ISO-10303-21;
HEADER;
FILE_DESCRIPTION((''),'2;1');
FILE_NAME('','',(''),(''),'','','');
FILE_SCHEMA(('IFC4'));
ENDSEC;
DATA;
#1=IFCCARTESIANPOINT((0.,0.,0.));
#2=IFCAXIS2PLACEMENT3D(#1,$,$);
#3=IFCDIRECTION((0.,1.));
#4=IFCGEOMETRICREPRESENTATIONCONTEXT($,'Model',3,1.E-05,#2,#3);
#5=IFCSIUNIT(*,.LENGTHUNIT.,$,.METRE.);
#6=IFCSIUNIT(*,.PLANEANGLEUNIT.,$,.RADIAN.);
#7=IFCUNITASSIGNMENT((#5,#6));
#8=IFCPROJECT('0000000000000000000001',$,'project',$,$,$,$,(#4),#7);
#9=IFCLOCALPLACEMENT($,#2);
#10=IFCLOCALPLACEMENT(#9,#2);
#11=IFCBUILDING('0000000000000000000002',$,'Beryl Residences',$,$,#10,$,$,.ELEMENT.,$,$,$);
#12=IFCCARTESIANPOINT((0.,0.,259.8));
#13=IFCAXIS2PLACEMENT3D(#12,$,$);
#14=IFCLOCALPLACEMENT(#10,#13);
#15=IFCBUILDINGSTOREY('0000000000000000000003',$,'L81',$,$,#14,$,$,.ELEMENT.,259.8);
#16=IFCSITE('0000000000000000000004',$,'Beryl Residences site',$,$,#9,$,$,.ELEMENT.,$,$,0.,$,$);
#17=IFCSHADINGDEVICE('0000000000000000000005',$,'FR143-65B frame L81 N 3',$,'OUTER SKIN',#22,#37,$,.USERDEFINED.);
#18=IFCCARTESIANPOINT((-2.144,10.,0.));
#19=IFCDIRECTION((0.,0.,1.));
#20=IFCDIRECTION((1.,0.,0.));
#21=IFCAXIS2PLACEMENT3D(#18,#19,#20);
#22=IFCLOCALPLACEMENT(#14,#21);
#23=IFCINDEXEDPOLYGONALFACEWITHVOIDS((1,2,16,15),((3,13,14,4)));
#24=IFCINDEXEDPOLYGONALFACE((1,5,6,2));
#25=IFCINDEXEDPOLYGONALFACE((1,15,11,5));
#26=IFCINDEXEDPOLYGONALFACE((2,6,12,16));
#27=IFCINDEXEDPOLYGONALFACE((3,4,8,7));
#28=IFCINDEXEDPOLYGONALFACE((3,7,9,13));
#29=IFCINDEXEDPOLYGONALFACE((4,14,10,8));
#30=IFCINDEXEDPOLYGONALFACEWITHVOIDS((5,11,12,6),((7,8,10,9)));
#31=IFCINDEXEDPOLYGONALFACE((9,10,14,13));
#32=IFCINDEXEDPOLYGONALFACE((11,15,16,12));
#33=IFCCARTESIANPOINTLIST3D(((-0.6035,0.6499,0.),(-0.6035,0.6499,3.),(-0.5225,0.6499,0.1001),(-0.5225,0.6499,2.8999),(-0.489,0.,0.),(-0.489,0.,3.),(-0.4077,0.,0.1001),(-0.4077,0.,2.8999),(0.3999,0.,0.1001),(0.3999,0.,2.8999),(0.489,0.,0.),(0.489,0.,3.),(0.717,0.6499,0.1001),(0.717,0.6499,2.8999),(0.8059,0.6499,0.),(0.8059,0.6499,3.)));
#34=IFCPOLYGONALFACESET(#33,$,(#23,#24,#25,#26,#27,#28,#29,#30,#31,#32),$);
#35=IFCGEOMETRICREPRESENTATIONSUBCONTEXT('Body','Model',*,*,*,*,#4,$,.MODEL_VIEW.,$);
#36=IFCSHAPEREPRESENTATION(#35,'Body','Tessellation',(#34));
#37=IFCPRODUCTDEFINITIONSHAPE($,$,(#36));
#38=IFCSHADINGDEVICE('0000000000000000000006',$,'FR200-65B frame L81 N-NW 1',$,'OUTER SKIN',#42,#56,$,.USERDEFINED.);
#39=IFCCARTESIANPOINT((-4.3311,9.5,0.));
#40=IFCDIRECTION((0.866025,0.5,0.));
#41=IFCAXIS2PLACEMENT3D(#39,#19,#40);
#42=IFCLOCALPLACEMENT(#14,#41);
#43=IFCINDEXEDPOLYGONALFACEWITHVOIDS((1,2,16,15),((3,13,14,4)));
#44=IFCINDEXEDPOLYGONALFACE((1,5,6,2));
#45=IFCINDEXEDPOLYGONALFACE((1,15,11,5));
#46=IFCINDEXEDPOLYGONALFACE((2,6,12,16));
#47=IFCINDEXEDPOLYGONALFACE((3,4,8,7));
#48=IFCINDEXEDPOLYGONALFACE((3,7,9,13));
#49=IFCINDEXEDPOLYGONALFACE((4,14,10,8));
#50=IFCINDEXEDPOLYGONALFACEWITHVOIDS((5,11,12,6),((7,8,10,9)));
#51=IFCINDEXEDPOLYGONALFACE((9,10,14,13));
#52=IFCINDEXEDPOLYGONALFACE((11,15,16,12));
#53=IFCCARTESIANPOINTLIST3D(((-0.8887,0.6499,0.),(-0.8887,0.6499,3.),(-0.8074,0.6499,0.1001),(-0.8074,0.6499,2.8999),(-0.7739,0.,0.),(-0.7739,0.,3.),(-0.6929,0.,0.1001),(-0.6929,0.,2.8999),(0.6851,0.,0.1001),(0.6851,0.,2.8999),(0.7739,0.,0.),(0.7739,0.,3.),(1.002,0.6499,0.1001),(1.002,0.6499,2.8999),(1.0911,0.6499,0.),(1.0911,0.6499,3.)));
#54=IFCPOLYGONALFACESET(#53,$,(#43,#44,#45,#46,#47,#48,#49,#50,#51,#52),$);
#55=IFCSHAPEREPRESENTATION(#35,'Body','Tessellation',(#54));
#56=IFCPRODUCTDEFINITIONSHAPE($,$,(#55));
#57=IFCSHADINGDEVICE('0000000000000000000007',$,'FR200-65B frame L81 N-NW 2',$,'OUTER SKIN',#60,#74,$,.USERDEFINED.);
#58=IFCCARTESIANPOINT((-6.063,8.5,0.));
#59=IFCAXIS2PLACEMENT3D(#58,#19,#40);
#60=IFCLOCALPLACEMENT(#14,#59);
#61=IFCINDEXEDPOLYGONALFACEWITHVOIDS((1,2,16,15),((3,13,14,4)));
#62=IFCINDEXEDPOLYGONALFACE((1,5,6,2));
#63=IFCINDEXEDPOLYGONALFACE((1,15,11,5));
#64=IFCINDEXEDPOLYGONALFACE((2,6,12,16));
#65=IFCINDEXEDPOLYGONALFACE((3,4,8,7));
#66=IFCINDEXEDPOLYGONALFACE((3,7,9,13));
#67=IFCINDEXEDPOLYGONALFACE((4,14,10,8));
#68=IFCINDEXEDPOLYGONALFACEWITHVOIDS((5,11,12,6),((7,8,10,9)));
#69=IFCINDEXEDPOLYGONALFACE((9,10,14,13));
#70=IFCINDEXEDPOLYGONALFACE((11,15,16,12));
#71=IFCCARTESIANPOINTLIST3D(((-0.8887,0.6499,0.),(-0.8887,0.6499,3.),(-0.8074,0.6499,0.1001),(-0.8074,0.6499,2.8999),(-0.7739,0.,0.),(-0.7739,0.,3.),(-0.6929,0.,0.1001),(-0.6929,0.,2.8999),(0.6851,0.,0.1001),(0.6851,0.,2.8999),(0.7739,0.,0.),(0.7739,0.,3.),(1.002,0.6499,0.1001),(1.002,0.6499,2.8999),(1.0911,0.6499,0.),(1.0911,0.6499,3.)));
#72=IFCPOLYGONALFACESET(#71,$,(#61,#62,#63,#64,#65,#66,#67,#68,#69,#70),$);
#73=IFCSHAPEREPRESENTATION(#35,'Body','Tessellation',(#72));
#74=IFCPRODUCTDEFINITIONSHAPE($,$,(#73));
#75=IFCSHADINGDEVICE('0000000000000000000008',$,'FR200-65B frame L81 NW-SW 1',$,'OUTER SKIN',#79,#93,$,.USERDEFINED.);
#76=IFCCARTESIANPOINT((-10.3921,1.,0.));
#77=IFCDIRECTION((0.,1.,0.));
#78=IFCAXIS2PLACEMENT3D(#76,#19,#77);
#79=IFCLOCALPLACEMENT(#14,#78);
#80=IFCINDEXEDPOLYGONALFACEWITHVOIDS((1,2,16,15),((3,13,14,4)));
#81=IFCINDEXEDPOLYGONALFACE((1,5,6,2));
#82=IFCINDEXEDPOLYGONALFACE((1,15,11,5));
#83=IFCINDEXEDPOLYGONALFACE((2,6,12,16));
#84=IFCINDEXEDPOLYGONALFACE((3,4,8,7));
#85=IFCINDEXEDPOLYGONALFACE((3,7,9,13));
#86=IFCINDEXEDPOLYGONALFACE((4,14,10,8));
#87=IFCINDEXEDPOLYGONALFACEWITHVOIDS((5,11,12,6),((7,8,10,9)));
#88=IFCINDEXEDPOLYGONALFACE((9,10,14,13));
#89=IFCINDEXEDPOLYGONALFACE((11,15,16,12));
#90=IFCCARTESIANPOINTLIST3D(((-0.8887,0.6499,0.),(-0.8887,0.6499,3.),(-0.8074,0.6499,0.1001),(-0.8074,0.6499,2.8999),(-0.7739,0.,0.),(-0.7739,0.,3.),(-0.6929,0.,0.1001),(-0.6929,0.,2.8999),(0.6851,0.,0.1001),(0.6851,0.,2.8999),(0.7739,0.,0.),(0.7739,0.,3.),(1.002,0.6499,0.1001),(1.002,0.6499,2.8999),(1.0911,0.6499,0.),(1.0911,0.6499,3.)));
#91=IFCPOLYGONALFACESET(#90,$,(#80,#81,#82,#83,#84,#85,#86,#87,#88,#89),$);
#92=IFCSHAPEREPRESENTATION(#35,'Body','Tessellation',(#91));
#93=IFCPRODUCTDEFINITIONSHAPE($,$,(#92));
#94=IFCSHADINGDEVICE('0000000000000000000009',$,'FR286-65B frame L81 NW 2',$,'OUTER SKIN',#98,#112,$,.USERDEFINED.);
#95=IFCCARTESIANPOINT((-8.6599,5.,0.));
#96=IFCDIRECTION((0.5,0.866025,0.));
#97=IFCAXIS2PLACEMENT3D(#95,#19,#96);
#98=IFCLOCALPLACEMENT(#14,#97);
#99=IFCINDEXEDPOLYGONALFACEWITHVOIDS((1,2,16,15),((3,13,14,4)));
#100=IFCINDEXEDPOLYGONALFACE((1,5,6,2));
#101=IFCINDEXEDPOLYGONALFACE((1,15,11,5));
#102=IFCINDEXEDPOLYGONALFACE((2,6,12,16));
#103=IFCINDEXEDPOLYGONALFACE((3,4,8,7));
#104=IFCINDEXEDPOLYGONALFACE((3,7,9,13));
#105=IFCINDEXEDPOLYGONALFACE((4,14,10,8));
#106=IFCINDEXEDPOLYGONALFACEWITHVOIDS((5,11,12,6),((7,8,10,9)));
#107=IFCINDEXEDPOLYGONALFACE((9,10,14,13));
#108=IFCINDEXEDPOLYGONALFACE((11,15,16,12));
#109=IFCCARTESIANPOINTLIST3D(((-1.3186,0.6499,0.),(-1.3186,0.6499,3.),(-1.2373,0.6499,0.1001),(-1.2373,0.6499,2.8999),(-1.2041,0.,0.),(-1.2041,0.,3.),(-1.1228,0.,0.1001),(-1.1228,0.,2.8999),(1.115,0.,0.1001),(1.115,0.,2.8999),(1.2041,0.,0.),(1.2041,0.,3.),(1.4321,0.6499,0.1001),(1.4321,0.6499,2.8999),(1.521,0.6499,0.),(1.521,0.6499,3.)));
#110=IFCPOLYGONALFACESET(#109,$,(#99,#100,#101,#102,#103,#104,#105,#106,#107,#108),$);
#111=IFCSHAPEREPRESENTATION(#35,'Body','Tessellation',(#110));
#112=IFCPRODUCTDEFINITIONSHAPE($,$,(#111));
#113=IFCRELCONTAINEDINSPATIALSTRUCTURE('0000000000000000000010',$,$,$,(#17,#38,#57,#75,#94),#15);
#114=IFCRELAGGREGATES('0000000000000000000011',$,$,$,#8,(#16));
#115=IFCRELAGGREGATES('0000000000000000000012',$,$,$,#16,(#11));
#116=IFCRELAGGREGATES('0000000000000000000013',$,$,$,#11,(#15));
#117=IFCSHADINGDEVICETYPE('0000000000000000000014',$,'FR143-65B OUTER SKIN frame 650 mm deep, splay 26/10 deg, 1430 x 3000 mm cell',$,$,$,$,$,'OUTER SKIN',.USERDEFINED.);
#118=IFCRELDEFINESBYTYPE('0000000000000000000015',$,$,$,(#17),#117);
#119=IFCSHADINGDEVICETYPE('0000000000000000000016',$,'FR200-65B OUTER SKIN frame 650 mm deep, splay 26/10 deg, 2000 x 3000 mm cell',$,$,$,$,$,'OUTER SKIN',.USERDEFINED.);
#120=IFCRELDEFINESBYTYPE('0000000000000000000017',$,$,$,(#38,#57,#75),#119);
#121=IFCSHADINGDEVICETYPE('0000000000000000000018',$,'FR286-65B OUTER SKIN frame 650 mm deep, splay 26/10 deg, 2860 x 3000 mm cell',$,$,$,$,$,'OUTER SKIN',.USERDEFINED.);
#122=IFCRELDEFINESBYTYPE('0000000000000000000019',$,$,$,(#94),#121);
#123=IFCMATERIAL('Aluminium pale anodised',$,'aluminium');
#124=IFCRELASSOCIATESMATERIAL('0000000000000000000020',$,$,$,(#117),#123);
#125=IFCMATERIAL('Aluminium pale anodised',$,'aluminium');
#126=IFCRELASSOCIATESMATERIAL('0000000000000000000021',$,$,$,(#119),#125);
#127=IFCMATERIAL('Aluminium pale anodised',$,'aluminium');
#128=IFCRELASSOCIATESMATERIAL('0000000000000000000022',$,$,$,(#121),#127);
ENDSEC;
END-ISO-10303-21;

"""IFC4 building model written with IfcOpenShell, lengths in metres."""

from ifc_helpers import new_model, entity, si_unit, direction, frame, origin, place, context, subcontext, project, spatial, source, transform, mapped, material, type_object, type_shapes, element, save


model = new_model("IFC4")

# Units and contexts
model_context = context("Model", 3, precision=1e-05, world=origin(), true_north=direction((0.0, 1.0)))
body_context = subcontext(model_context, "Body", "Model", "MODEL_VIEW")
ifc_project = project(units=[si_unit("LENGTHUNIT", "METRE"), si_unit("PLANEANGLEUNIT", "RADIAN")], contexts=[model_context])

# Site, building, storey
site_placement = place(None, origin())
site = spatial("IfcSite", under=ifc_project, at=site_placement, Name="Beryl Residences site", CompositionType="ELEMENT", RefElevation=0.0)
building_placement = place(site_placement, origin())
building = spatial("IfcBuilding", under=site, at=building_placement, Name="Beryl Residences", CompositionType="ELEMENT")
storey_placement = place(building_placement, frame((0.0, 0.0, 259.8)))
storey = spatial("IfcBuildingStorey", under=building, at=storey_placement, Name="L81", CompositionType="ELEMENT", Elevation=259.8)

# Shading devices
ifc_material_1 = material(Name="Aluminium pale anodised", Category="aluminium")
shading_device_type_1 = type_object("IfcShadingDeviceType", Name="FR143-65B OUTER SKIN frame 650 mm deep, splay 26/10 deg, 1430 x 3000 mm cell", ElementType="OUTER SKIN", PredefinedType="USERDEFINED", material=ifc_material_1)
cartesian_point_1 = entity("IfcCartesianPoint", [-0.489, 0.0])
cartesian_point_2 = entity("IfcCartesianPoint", [-0.3999, 0.1001])
cartesian_point_3 = entity("IfcCartesianPoint", [-0.8059, 0.0])
cartesian_point_4 = entity("IfcCartesianPoint", [-0.717, 0.1001])
shared_shape_1 = source(origin(), body_context, "Body", "SweptSolid", [
    entity("IfcExtrudedAreaSolidTapered", entity("IfcArbitraryProfileDefWithVoids", "AREA", None, entity("IfcPolyline", [cartesian_point_1, entity("IfcCartesianPoint", [0.489, 0.0]), entity("IfcCartesianPoint", [0.489, 3.0]), entity("IfcCartesianPoint", [-0.489, 3.0]), cartesian_point_1]), [entity("IfcPolyline", [cartesian_point_2, entity("IfcCartesianPoint", [0.4077, 0.1001]), entity("IfcCartesianPoint", [0.4077, 2.8999]), entity("IfcCartesianPoint", [-0.3999, 2.8999]), cartesian_point_2])]), entity("IfcAxis2Placement3D", entity("IfcCartesianPoint", [0.0, 0.0, 0.0]), entity("IfcDirection", [0.0, 1.0, 0.0]), entity("IfcDirection", [-1.0, 0.0, 0.0])), entity("IfcDirection", [0.0, 0.0, 1.0]), 0.6499, entity("IfcArbitraryProfileDefWithVoids", "AREA", None, entity("IfcPolyline", [cartesian_point_3, entity("IfcCartesianPoint", [0.6035, 0.0]), entity("IfcCartesianPoint", [0.6035, 3.0]), entity("IfcCartesianPoint", [-0.8059, 3.0]), cartesian_point_3]), [entity("IfcPolyline", [cartesian_point_4, entity("IfcCartesianPoint", [0.5225, 0.1001]), entity("IfcCartesianPoint", [0.5225, 2.8999]), entity("IfcCartesianPoint", [-0.717, 2.8999]), cartesian_point_4])])),
])
type_shapes(shading_device_type_1, [shared_shape_1])
for number, where, z_axis, x_axis, name in (
    (1, (-2.144, 10.0, 0.0), (0.0, 0.0, 1.0), (1.0, 0.0, 0.0), "FR143-65B frame L81 N 3"),
):
    element("IfcShadingDevice", number, at=place(storey_placement, frame(where, z_axis=z_axis, x_axis=x_axis)), inside=storey, type_object=shading_device_type_1, Name=name, ObjectType="OUTER SKIN", PredefinedType="USERDEFINED", context=body_context, shape_type="MappedRepresentation", body=[
        mapped(shared_shape_1, transform((0.0, 0.0, 0.0))),
    ])
ifc_material_2 = material(Name="Aluminium pale anodised", Category="aluminium")
shading_device_type_2 = type_object("IfcShadingDeviceType", Name="FR200-65B OUTER SKIN frame 650 mm deep, splay 26/10 deg, 2000 x 3000 mm cell", ElementType="OUTER SKIN", PredefinedType="USERDEFINED", material=ifc_material_2)
cartesian_point_5 = entity("IfcCartesianPoint", [-0.7739, 0.0])
cartesian_point_6 = entity("IfcCartesianPoint", [-0.6851, 0.1001])
cartesian_point_7 = entity("IfcCartesianPoint", [-1.0911, 0.0])
cartesian_point_8 = entity("IfcCartesianPoint", [-1.002, 0.1001])
shared_shape_2 = source(origin(), body_context, "Body", "SweptSolid", [
    entity("IfcExtrudedAreaSolidTapered", entity("IfcArbitraryProfileDefWithVoids", "AREA", None, entity("IfcPolyline", [cartesian_point_5, entity("IfcCartesianPoint", [0.7739, 0.0]), entity("IfcCartesianPoint", [0.7739, 3.0]), entity("IfcCartesianPoint", [-0.7739, 3.0]), cartesian_point_5]), [entity("IfcPolyline", [cartesian_point_6, entity("IfcCartesianPoint", [0.6929, 0.1001]), entity("IfcCartesianPoint", [0.6929, 2.8999]), entity("IfcCartesianPoint", [-0.6851, 2.8999]), cartesian_point_6])]), entity("IfcAxis2Placement3D", entity("IfcCartesianPoint", [0.0, 0.0, 0.0]), entity("IfcDirection", [0.0, 1.0, 0.0]), entity("IfcDirection", [-1.0, 0.0, 0.0])), entity("IfcDirection", [0.0, 0.0, 1.0]), 0.6499, entity("IfcArbitraryProfileDefWithVoids", "AREA", None, entity("IfcPolyline", [cartesian_point_7, entity("IfcCartesianPoint", [0.8887, 0.0]), entity("IfcCartesianPoint", [0.8887, 3.0]), entity("IfcCartesianPoint", [-1.0911, 3.0]), cartesian_point_7]), [entity("IfcPolyline", [cartesian_point_8, entity("IfcCartesianPoint", [0.8074, 0.1001]), entity("IfcCartesianPoint", [0.8074, 2.8999]), entity("IfcCartesianPoint", [-1.002, 2.8999]), cartesian_point_8])])),
])
type_shapes(shading_device_type_2, [shared_shape_2])
for number, where, z_axis, x_axis, name in (
    (2, (-4.3311, 9.5, 0.0), (0.0, 0.0, 1.0), (0.866025, 0.5, 0.0), "FR200-65B frame L81 N-NW 1"),
    (3, (-6.063, 8.5, 0.0), (0.0, 0.0, 1.0), (0.866025, 0.5, 0.0), "FR200-65B frame L81 N-NW 2"),
    (4, (-10.3921, 1.0, 0.0), (0.0, 0.0, 1.0), (0.0, 1.0, 0.0), "FR200-65B frame L81 NW-SW 1"),
):
    element("IfcShadingDevice", number, at=place(storey_placement, frame(where, z_axis=z_axis, x_axis=x_axis)), inside=storey, type_object=shading_device_type_2, Name=name, ObjectType="OUTER SKIN", PredefinedType="USERDEFINED", context=body_context, shape_type="MappedRepresentation", body=[
        mapped(shared_shape_2, transform((0.0, 0.0, 0.0))),
    ])
ifc_material_3 = material(Name="Aluminium pale anodised", Category="aluminium")
shading_device_type_3 = type_object("IfcShadingDeviceType", Name="FR286-65B OUTER SKIN frame 650 mm deep, splay 26/10 deg, 2860 x 3000 mm cell", ElementType="OUTER SKIN", PredefinedType="USERDEFINED", material=ifc_material_3)
cartesian_point_9 = entity("IfcCartesianPoint", [-1.2041, 0.0])
cartesian_point_10 = entity("IfcCartesianPoint", [-1.115, 0.1001])
cartesian_point_11 = entity("IfcCartesianPoint", [-1.521, 0.0])
cartesian_point_12 = entity("IfcCartesianPoint", [-1.4321, 0.1001])
shared_shape_3 = source(origin(), body_context, "Body", "SweptSolid", [
    entity("IfcExtrudedAreaSolidTapered", entity("IfcArbitraryProfileDefWithVoids", "AREA", None, entity("IfcPolyline", [cartesian_point_9, entity("IfcCartesianPoint", [1.2041, 0.0]), entity("IfcCartesianPoint", [1.2041, 3.0]), entity("IfcCartesianPoint", [-1.2041, 3.0]), cartesian_point_9]), [entity("IfcPolyline", [cartesian_point_10, entity("IfcCartesianPoint", [1.1228, 0.1001]), entity("IfcCartesianPoint", [1.1228, 2.8999]), entity("IfcCartesianPoint", [-1.115, 2.8999]), cartesian_point_10])]), entity("IfcAxis2Placement3D", entity("IfcCartesianPoint", [0.0, 0.0, 0.0]), entity("IfcDirection", [0.0, 1.0, 0.0]), entity("IfcDirection", [-1.0, 0.0, 0.0])), entity("IfcDirection", [0.0, 0.0, 1.0]), 0.6499, entity("IfcArbitraryProfileDefWithVoids", "AREA", None, entity("IfcPolyline", [cartesian_point_11, entity("IfcCartesianPoint", [1.3186, 0.0]), entity("IfcCartesianPoint", [1.3186, 3.0]), entity("IfcCartesianPoint", [-1.521, 3.0]), cartesian_point_11]), [entity("IfcPolyline", [cartesian_point_12, entity("IfcCartesianPoint", [1.2373, 0.1001]), entity("IfcCartesianPoint", [1.2373, 2.8999]), entity("IfcCartesianPoint", [-1.4321, 2.8999]), cartesian_point_12])])),
])
type_shapes(shading_device_type_3, [shared_shape_3])
for number, where, z_axis, x_axis, name in (
    (5, (-8.6599, 5.0, 0.0), (0.0, 0.0, 1.0), (0.5, 0.866025, 0.0), "FR286-65B frame L81 NW 2"),
):
    element("IfcShadingDevice", number, at=place(storey_placement, frame(where, z_axis=z_axis, x_axis=x_axis)), inside=storey, type_object=shading_device_type_3, Name=name, ObjectType="OUTER SKIN", PredefinedType="USERDEFINED", context=body_context, shape_type="MappedRepresentation", body=[
        mapped(shared_shape_3, transform((0.0, 0.0, 0.0))),
    ])

save(model, "model.ifc")
